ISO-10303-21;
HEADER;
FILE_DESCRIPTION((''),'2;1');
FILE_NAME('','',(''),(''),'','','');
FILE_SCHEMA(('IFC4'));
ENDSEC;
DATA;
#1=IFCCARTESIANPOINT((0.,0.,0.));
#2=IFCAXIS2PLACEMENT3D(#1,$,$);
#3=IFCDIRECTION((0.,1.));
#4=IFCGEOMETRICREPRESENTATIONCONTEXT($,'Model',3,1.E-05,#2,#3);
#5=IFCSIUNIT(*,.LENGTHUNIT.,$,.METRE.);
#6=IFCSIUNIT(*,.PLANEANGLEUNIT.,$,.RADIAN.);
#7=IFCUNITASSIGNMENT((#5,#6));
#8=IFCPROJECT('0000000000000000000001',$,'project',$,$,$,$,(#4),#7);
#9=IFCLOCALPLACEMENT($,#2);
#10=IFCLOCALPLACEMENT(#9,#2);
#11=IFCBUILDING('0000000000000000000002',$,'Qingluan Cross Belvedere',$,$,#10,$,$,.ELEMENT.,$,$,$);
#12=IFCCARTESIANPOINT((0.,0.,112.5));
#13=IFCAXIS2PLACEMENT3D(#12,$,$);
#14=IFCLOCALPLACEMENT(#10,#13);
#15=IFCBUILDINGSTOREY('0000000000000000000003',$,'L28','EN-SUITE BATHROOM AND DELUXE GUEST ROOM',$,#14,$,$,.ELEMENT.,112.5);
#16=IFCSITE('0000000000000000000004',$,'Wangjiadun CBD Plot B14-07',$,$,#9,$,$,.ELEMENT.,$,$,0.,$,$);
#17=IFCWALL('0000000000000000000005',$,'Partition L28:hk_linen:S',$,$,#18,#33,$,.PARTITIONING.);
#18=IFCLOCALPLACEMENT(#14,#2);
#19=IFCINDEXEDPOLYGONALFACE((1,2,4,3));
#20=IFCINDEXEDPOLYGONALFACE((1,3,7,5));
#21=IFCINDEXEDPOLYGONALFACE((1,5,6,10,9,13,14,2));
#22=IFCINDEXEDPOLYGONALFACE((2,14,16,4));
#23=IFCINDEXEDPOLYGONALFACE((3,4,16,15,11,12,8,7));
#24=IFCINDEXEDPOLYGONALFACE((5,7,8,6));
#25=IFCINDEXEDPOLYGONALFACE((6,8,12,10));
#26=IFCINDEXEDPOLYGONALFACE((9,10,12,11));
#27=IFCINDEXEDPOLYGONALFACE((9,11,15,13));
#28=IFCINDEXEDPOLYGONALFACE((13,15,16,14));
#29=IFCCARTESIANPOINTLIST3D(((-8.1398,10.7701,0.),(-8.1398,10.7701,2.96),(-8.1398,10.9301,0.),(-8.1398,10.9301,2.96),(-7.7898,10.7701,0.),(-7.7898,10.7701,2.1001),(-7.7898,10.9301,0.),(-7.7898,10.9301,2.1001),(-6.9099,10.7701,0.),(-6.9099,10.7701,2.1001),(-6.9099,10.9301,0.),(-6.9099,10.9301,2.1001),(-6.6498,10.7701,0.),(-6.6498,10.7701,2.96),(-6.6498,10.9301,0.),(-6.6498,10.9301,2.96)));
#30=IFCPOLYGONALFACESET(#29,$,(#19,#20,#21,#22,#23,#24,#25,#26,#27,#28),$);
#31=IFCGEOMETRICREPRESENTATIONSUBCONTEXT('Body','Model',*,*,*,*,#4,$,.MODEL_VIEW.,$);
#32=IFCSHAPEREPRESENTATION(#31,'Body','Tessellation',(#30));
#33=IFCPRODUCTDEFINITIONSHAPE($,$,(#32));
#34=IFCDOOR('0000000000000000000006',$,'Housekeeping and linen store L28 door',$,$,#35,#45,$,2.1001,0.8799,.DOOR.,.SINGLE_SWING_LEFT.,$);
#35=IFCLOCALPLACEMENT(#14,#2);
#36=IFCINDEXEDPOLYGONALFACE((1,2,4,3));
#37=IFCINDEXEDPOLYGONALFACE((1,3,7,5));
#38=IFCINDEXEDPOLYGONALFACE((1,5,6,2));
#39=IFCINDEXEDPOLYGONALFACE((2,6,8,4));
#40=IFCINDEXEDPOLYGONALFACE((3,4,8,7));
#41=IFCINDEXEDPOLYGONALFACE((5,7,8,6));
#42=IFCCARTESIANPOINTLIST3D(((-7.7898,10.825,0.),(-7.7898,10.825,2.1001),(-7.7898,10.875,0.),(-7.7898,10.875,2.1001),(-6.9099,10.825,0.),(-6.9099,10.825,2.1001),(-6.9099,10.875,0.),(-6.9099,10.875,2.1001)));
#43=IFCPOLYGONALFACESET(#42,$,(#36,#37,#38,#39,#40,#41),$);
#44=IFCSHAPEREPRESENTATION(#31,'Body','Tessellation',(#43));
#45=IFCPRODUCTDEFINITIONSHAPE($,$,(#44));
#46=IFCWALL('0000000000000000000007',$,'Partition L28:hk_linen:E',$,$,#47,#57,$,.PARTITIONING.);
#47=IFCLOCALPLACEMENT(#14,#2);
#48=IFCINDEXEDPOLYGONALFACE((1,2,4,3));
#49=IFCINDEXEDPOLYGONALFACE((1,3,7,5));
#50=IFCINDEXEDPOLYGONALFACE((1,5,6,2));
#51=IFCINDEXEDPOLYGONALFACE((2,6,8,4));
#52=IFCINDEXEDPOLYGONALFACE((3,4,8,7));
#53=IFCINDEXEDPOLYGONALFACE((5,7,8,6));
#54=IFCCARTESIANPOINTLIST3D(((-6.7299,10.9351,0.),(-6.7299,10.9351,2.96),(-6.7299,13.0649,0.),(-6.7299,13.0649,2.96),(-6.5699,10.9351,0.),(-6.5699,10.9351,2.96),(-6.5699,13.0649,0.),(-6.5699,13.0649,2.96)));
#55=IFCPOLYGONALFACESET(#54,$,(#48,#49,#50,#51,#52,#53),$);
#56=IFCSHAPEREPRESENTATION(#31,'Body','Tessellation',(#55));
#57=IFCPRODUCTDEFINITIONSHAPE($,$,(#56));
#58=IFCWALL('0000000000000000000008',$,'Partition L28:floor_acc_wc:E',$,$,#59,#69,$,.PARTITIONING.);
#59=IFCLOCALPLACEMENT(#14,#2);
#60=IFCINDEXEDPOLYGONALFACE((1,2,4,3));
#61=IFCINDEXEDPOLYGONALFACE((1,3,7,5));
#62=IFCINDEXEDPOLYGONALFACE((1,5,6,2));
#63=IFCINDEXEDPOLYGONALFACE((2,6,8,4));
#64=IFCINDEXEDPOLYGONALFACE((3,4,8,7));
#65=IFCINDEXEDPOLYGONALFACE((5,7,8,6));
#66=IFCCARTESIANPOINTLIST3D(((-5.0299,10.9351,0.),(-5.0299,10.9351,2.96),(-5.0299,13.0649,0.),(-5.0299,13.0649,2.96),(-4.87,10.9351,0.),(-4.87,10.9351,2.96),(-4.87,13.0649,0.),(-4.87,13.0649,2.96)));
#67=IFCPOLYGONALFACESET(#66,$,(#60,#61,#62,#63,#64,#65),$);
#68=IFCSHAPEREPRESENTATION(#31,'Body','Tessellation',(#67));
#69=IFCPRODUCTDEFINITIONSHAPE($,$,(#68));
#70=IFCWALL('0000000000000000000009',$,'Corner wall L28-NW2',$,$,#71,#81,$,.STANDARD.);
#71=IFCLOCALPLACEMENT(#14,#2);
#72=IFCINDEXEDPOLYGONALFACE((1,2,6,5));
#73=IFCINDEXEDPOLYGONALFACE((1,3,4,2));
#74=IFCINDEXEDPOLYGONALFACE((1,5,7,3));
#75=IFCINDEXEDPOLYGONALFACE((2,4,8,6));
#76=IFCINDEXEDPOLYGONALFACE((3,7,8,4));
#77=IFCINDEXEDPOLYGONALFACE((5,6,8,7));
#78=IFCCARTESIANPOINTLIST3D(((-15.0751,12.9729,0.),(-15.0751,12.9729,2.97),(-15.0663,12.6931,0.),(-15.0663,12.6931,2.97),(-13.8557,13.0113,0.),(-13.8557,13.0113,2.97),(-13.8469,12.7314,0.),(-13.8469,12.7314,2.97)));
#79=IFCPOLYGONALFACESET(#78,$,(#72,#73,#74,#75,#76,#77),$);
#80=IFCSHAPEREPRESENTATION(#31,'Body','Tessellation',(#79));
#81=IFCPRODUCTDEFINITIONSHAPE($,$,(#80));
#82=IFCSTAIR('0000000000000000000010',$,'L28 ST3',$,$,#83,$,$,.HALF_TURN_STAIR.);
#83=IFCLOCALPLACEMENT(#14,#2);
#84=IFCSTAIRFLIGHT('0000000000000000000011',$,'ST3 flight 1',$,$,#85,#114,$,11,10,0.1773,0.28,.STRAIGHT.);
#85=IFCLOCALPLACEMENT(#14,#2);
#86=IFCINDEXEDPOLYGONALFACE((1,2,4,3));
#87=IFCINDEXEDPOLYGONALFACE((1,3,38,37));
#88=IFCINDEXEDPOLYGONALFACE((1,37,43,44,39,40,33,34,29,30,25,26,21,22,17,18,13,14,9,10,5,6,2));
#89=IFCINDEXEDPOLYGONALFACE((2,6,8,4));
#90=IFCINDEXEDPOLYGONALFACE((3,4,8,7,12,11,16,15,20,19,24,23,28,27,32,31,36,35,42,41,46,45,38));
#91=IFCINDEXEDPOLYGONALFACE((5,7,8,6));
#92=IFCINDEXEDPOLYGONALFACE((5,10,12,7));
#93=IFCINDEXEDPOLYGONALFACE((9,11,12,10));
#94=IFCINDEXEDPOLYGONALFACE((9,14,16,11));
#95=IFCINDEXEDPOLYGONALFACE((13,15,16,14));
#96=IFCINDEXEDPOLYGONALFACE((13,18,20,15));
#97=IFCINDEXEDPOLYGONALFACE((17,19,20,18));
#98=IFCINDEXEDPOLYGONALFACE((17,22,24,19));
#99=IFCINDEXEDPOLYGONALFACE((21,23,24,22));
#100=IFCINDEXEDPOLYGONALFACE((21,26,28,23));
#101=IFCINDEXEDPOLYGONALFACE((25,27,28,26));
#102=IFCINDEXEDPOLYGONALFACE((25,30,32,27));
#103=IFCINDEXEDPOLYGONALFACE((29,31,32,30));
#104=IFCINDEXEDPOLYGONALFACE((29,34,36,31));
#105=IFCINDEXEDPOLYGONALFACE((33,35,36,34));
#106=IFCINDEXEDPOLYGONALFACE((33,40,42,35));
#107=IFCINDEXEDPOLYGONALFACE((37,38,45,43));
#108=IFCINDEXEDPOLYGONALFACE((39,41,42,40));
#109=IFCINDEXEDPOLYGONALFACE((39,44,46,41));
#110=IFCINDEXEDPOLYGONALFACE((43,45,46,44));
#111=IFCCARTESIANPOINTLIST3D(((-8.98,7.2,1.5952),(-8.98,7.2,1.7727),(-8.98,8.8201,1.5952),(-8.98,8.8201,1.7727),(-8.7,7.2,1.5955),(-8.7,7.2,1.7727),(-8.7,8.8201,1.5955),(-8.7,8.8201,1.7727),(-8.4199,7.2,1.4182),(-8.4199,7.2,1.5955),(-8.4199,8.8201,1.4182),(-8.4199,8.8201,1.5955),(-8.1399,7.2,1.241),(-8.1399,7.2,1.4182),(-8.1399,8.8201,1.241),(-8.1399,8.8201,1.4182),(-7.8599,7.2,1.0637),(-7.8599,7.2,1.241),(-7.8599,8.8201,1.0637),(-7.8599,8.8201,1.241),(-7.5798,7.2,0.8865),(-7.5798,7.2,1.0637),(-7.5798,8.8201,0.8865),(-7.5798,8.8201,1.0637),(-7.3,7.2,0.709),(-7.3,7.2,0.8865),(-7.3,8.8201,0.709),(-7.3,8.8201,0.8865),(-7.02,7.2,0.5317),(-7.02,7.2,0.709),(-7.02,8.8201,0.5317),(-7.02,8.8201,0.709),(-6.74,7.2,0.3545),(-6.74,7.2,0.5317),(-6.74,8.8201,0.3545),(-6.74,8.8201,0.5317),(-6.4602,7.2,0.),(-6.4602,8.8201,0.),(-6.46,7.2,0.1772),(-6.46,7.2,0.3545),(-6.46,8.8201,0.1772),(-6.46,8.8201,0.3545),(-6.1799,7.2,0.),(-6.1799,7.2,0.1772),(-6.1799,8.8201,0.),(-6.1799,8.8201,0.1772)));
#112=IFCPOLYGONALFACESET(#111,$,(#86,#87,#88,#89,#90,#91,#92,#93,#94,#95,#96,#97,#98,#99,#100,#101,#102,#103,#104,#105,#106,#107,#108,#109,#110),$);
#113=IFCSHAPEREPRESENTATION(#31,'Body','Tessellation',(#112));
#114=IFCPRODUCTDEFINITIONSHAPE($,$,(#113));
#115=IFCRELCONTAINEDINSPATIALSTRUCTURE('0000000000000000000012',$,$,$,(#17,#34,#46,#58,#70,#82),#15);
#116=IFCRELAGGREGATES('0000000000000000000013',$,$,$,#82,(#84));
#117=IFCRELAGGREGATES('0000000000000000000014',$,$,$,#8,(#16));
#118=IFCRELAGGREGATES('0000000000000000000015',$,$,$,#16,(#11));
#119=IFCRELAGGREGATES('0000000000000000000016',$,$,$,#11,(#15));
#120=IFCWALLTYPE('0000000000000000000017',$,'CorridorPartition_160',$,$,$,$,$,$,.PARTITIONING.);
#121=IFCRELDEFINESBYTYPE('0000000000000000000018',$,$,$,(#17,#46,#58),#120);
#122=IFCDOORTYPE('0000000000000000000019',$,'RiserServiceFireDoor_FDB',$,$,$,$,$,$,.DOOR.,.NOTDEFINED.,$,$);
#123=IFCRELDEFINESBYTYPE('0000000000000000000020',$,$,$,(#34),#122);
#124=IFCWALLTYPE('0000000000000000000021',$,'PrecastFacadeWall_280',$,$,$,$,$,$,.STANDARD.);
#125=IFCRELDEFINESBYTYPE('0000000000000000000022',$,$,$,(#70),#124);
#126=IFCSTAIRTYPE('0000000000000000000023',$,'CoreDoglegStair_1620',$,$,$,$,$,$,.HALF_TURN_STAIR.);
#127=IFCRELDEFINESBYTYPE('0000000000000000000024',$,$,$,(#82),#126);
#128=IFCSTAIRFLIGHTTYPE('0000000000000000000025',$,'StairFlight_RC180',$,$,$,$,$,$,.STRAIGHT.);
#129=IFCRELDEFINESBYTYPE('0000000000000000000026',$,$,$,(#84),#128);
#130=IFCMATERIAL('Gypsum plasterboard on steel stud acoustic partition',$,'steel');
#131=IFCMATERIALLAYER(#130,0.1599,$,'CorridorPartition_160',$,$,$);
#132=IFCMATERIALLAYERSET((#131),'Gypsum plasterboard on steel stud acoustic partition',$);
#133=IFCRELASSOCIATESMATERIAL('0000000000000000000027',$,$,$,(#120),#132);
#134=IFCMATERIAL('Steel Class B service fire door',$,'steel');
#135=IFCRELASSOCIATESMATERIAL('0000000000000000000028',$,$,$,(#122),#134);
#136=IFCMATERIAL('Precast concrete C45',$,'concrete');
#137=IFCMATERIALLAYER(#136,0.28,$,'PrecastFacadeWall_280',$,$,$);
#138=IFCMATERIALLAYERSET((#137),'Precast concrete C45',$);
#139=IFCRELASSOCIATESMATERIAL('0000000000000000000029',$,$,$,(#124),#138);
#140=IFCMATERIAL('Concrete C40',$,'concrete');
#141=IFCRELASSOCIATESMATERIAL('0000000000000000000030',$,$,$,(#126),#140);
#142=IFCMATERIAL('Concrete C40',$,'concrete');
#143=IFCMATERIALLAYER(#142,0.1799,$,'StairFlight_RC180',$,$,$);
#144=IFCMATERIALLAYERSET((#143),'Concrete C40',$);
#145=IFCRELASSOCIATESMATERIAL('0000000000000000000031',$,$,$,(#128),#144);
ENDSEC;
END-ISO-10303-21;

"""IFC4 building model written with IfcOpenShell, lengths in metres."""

from ifc_helpers import new_model, si_unit, direction, frame, frame_2d, origin, place, context, subcontext, project, spatial, polyline, rectangle, outline, extrude, material, layer, layer_set, type_object, element, fill, aggregate, save


model = new_model("IFC4")

# Units and contexts
model_context = context("Model", 3, precision=1e-05, world=origin(), true_north=direction((0.0, 1.0)))
body_context = subcontext(model_context, "Body", "Model", "MODEL_VIEW")
ifc_project = project(units=[si_unit("LENGTHUNIT", "METRE"), si_unit("PLANEANGLEUNIT", "RADIAN")], contexts=[model_context])

# Site, building, storey
site_placement = place(None, origin())
site = spatial("IfcSite", under=ifc_project, at=site_placement, Name="Wangjiadun CBD Plot B14-07", CompositionType="ELEMENT", RefElevation=0.0)
building_placement = place(site_placement, origin())
building = spatial("IfcBuilding", under=site, at=building_placement, Name="Qingluan Cross Belvedere", CompositionType="ELEMENT")
storey_placement = place(building_placement, frame((0.0, 0.0, 112.5)))
storey = spatial("IfcBuildingStorey", under=building, at=storey_placement, Name="L28", Description="EN-SUITE BATHROOM AND DELUXE GUEST ROOM", CompositionType="ELEMENT", Elevation=112.5)

# Shared definitions
ifc_material_1 = material(Name="Gypsum plasterboard on steel stud acoustic partition", Category="steel")
ifc_layer_1 = layer(ifc_material_1, 0.1599, Name="CorridorPartition_160")
ifc_layer_set_1 = layer_set([ifc_layer_1], Name="Gypsum plasterboard on steel stud acoustic partition")
wall_type_1 = type_object("IfcWallType", Name="CorridorPartition_160", PredefinedType="PARTITIONING", material=ifc_layer_set_1)

# Wall, opening, door
wall_1_placement = place(storey_placement, frame((-8.1399, 10.8501, 0.0), z_axis=(0.0, 0.0, 1.0), x_axis=(1.0, 0.0, 0.0)))
wall_1 = element("IfcWall", 1, at=wall_1_placement, inside=storey, type_object=wall_type_1, Name="Partition L28:hk_linen:S", PredefinedType="PARTITIONING", context=body_context, shape_type="SweptSolid", body=[
    extrude(rectangle(XDim=1.49, YDim=0.1599, at=frame_2d((0.7451, 0.0))), origin(), (0.0, 0.0, 1.0), 2.96),
])
opening_1_placement = place(wall_1_placement, frame((0.3501, 0.0, 0.0)))
opening_1 = element("IfcOpeningElement", 2, at=opening_1_placement, cuts=wall_1, PredefinedType="OPENING", context=body_context, shape_type="SweptSolid", body=[
    extrude(rectangle(XDim=0.8799, YDim=2.1001, at=frame_2d((0.4399, 1.05))), frame((0.0, 0.0898, 0.0), z_axis=(0.0, -1.0, 0.0), x_axis=(1.0, 0.0, 0.0)), (0.0, 0.0, 1.0), 0.1799),
])
ifc_material_2 = material(Name="Steel Class B service fire door", Category="steel")
door_type_1 = type_object("IfcDoorType", Name="RiserServiceFireDoor_FDB", OperationType="NOTDEFINED", PredefinedType="DOOR", material=ifc_material_2)
door_1_placement = place(opening_1_placement, origin())
door_1 = element("IfcDoor", 3, at=door_1_placement, inside=storey, type_object=door_type_1, Name="Housekeeping and linen store L28 door", OperationType="SINGLE_SWING_LEFT", OverallHeight=2.1001, OverallWidth=0.8799, PredefinedType="DOOR", context=body_context, shape_type="SweptSolid", body=[
    extrude(rectangle(XDim=0.8799, YDim=2.1001, at=frame_2d((0.4399, 1.05))), frame((0.0, 0.0249, 0.0), z_axis=(0.0, -1.0, 0.0), x_axis=(1.0, 0.0, 0.0)), (0.0, 0.0, 1.0), 0.05),
])
fill(opening_1, door_1)

# Wall
wall_2_placement = place(storey_placement, frame((-6.6499, 10.9351, 0.0), z_axis=(0.0, 0.0, 1.0), x_axis=(0.0, 1.0, 0.0)))
element("IfcWall", 4, at=wall_2_placement, inside=storey, type_object=wall_type_1, Name="Partition L28:hk_linen:E", PredefinedType="PARTITIONING", context=body_context, shape_type="SweptSolid", body=[
    extrude(rectangle(XDim=2.1299, YDim=0.1599, at=frame_2d((1.0649, 0.0))), origin(), (0.0, 0.0, 1.0), 2.96),
])

# Walls
wall_3_placement = place(storey_placement, frame((-4.95, 10.9351, 0.0), z_axis=(0.0, 0.0, 1.0), x_axis=(0.0, 1.0, 0.0)))
element("IfcWall", 5, at=wall_3_placement, inside=storey, type_object=wall_type_1, Name="Partition L28:floor_acc_wc:E", PredefinedType="PARTITIONING", context=body_context, shape_type="SweptSolid", body=[
    extrude(rectangle(XDim=2.1299, YDim=0.1599, at=frame_2d((1.0649, 0.0))), origin(), (0.0, 0.0, 1.0), 2.96),
])
ifc_material_3 = material(Name="Precast concrete C45", Category="concrete")
ifc_layer_2 = layer(ifc_material_3, 0.28, Name="PrecastFacadeWall_280")
ifc_layer_set_2 = layer_set([ifc_layer_2], Name="Precast concrete C45")
wall_type_2 = type_object("IfcWallType", Name="PrecastFacadeWall_280", PredefinedType="STANDARD", material=ifc_layer_set_2)
wall_4_placement = place(storey_placement, frame((-15.0706, 12.833, 0.0), z_axis=(0.0, 0.0, 1.0), x_axis=(0.999506, 0.031416, 0.0)))
element("IfcWall", 6, at=wall_4_placement, inside=storey, type_object=wall_type_2, Name="Corner wall L28-NW2", PredefinedType="STANDARD", context=body_context, shape_type="SweptSolid", body=[
    extrude(rectangle(XDim=1.22, YDim=0.28, at=frame_2d((0.6099, 0.0))), origin(), (0.0, 0.0, 1.0), 2.97),
])

# Stair, stair flight
ifc_material_4 = material(Name="Concrete C40", Category="concrete")
stair_type = type_object("IfcStairType", Name="CoreDoglegStair_1620", PredefinedType="HALF_TURN_STAIR", material=ifc_material_4)
stair_placement = place(storey_placement, origin())
stair = element("IfcStair", 7, at=stair_placement, inside=storey, type_object=stair_type, Name="L28 ST3", PredefinedType="HALF_TURN_STAIR")
ifc_material_5 = material(Name="Concrete C40", Category="concrete")
ifc_layer_3 = layer(ifc_material_5, 0.1799, Name="StairFlight_RC180")
ifc_layer_set_3 = layer_set([ifc_layer_3], Name="Concrete C40")
stair_flight_type = type_object("IfcStairFlightType", Name="StairFlight_RC180", PredefinedType="STRAIGHT", material=ifc_layer_set_3)
stair_flight_placement = place(storey_placement, frame((-6.1799, 8.01, 0.0), z_axis=(0.0, 0.0, 1.0), x_axis=(-1.0, 0.0, 0.0)))
stair_flight = element("IfcStairFlight", 8, at=stair_flight_placement, type_object=stair_flight_type, Name="ST3 flight 1", NumberOfRisers=11, NumberOfTreads=10, PredefinedType="STRAIGHT", RiserHeight=0.1773, TreadLength=0.28, context=body_context, shape_type="SweptSolid", body=[
    extrude(outline(polyline([(0.0, 0.0), (0.0, 0.1772), (0.28, 0.1772), (0.28, 0.3545), (0.5601, 0.3545), (0.5601, 0.5317), (0.8401, 0.5317), (0.8401, 0.709), (1.1201, 0.709), (1.1201, 0.8865), (1.3999, 0.8865), (1.3999, 1.0637), (1.6799, 1.0637), (1.6799, 1.241), (1.96, 1.241), (1.96, 1.4182), (2.24, 1.4182), (2.24, 1.5955), (2.52, 1.5955), (2.52, 1.7727), (2.8, 1.7727), (2.8, 1.95), (2.8, 1.5952), (0.2803, 0.0), (0.0, 0.0)])), frame((0.0, 0.8101, 0.0), z_axis=(0.0, -1.0, 0.0), x_axis=(1.0, 0.0, 0.0)), (0.0, 0.0, 1.0), 1.6201),
])
aggregate(stair, [stair_flight])

save(model, "model.ifc")
